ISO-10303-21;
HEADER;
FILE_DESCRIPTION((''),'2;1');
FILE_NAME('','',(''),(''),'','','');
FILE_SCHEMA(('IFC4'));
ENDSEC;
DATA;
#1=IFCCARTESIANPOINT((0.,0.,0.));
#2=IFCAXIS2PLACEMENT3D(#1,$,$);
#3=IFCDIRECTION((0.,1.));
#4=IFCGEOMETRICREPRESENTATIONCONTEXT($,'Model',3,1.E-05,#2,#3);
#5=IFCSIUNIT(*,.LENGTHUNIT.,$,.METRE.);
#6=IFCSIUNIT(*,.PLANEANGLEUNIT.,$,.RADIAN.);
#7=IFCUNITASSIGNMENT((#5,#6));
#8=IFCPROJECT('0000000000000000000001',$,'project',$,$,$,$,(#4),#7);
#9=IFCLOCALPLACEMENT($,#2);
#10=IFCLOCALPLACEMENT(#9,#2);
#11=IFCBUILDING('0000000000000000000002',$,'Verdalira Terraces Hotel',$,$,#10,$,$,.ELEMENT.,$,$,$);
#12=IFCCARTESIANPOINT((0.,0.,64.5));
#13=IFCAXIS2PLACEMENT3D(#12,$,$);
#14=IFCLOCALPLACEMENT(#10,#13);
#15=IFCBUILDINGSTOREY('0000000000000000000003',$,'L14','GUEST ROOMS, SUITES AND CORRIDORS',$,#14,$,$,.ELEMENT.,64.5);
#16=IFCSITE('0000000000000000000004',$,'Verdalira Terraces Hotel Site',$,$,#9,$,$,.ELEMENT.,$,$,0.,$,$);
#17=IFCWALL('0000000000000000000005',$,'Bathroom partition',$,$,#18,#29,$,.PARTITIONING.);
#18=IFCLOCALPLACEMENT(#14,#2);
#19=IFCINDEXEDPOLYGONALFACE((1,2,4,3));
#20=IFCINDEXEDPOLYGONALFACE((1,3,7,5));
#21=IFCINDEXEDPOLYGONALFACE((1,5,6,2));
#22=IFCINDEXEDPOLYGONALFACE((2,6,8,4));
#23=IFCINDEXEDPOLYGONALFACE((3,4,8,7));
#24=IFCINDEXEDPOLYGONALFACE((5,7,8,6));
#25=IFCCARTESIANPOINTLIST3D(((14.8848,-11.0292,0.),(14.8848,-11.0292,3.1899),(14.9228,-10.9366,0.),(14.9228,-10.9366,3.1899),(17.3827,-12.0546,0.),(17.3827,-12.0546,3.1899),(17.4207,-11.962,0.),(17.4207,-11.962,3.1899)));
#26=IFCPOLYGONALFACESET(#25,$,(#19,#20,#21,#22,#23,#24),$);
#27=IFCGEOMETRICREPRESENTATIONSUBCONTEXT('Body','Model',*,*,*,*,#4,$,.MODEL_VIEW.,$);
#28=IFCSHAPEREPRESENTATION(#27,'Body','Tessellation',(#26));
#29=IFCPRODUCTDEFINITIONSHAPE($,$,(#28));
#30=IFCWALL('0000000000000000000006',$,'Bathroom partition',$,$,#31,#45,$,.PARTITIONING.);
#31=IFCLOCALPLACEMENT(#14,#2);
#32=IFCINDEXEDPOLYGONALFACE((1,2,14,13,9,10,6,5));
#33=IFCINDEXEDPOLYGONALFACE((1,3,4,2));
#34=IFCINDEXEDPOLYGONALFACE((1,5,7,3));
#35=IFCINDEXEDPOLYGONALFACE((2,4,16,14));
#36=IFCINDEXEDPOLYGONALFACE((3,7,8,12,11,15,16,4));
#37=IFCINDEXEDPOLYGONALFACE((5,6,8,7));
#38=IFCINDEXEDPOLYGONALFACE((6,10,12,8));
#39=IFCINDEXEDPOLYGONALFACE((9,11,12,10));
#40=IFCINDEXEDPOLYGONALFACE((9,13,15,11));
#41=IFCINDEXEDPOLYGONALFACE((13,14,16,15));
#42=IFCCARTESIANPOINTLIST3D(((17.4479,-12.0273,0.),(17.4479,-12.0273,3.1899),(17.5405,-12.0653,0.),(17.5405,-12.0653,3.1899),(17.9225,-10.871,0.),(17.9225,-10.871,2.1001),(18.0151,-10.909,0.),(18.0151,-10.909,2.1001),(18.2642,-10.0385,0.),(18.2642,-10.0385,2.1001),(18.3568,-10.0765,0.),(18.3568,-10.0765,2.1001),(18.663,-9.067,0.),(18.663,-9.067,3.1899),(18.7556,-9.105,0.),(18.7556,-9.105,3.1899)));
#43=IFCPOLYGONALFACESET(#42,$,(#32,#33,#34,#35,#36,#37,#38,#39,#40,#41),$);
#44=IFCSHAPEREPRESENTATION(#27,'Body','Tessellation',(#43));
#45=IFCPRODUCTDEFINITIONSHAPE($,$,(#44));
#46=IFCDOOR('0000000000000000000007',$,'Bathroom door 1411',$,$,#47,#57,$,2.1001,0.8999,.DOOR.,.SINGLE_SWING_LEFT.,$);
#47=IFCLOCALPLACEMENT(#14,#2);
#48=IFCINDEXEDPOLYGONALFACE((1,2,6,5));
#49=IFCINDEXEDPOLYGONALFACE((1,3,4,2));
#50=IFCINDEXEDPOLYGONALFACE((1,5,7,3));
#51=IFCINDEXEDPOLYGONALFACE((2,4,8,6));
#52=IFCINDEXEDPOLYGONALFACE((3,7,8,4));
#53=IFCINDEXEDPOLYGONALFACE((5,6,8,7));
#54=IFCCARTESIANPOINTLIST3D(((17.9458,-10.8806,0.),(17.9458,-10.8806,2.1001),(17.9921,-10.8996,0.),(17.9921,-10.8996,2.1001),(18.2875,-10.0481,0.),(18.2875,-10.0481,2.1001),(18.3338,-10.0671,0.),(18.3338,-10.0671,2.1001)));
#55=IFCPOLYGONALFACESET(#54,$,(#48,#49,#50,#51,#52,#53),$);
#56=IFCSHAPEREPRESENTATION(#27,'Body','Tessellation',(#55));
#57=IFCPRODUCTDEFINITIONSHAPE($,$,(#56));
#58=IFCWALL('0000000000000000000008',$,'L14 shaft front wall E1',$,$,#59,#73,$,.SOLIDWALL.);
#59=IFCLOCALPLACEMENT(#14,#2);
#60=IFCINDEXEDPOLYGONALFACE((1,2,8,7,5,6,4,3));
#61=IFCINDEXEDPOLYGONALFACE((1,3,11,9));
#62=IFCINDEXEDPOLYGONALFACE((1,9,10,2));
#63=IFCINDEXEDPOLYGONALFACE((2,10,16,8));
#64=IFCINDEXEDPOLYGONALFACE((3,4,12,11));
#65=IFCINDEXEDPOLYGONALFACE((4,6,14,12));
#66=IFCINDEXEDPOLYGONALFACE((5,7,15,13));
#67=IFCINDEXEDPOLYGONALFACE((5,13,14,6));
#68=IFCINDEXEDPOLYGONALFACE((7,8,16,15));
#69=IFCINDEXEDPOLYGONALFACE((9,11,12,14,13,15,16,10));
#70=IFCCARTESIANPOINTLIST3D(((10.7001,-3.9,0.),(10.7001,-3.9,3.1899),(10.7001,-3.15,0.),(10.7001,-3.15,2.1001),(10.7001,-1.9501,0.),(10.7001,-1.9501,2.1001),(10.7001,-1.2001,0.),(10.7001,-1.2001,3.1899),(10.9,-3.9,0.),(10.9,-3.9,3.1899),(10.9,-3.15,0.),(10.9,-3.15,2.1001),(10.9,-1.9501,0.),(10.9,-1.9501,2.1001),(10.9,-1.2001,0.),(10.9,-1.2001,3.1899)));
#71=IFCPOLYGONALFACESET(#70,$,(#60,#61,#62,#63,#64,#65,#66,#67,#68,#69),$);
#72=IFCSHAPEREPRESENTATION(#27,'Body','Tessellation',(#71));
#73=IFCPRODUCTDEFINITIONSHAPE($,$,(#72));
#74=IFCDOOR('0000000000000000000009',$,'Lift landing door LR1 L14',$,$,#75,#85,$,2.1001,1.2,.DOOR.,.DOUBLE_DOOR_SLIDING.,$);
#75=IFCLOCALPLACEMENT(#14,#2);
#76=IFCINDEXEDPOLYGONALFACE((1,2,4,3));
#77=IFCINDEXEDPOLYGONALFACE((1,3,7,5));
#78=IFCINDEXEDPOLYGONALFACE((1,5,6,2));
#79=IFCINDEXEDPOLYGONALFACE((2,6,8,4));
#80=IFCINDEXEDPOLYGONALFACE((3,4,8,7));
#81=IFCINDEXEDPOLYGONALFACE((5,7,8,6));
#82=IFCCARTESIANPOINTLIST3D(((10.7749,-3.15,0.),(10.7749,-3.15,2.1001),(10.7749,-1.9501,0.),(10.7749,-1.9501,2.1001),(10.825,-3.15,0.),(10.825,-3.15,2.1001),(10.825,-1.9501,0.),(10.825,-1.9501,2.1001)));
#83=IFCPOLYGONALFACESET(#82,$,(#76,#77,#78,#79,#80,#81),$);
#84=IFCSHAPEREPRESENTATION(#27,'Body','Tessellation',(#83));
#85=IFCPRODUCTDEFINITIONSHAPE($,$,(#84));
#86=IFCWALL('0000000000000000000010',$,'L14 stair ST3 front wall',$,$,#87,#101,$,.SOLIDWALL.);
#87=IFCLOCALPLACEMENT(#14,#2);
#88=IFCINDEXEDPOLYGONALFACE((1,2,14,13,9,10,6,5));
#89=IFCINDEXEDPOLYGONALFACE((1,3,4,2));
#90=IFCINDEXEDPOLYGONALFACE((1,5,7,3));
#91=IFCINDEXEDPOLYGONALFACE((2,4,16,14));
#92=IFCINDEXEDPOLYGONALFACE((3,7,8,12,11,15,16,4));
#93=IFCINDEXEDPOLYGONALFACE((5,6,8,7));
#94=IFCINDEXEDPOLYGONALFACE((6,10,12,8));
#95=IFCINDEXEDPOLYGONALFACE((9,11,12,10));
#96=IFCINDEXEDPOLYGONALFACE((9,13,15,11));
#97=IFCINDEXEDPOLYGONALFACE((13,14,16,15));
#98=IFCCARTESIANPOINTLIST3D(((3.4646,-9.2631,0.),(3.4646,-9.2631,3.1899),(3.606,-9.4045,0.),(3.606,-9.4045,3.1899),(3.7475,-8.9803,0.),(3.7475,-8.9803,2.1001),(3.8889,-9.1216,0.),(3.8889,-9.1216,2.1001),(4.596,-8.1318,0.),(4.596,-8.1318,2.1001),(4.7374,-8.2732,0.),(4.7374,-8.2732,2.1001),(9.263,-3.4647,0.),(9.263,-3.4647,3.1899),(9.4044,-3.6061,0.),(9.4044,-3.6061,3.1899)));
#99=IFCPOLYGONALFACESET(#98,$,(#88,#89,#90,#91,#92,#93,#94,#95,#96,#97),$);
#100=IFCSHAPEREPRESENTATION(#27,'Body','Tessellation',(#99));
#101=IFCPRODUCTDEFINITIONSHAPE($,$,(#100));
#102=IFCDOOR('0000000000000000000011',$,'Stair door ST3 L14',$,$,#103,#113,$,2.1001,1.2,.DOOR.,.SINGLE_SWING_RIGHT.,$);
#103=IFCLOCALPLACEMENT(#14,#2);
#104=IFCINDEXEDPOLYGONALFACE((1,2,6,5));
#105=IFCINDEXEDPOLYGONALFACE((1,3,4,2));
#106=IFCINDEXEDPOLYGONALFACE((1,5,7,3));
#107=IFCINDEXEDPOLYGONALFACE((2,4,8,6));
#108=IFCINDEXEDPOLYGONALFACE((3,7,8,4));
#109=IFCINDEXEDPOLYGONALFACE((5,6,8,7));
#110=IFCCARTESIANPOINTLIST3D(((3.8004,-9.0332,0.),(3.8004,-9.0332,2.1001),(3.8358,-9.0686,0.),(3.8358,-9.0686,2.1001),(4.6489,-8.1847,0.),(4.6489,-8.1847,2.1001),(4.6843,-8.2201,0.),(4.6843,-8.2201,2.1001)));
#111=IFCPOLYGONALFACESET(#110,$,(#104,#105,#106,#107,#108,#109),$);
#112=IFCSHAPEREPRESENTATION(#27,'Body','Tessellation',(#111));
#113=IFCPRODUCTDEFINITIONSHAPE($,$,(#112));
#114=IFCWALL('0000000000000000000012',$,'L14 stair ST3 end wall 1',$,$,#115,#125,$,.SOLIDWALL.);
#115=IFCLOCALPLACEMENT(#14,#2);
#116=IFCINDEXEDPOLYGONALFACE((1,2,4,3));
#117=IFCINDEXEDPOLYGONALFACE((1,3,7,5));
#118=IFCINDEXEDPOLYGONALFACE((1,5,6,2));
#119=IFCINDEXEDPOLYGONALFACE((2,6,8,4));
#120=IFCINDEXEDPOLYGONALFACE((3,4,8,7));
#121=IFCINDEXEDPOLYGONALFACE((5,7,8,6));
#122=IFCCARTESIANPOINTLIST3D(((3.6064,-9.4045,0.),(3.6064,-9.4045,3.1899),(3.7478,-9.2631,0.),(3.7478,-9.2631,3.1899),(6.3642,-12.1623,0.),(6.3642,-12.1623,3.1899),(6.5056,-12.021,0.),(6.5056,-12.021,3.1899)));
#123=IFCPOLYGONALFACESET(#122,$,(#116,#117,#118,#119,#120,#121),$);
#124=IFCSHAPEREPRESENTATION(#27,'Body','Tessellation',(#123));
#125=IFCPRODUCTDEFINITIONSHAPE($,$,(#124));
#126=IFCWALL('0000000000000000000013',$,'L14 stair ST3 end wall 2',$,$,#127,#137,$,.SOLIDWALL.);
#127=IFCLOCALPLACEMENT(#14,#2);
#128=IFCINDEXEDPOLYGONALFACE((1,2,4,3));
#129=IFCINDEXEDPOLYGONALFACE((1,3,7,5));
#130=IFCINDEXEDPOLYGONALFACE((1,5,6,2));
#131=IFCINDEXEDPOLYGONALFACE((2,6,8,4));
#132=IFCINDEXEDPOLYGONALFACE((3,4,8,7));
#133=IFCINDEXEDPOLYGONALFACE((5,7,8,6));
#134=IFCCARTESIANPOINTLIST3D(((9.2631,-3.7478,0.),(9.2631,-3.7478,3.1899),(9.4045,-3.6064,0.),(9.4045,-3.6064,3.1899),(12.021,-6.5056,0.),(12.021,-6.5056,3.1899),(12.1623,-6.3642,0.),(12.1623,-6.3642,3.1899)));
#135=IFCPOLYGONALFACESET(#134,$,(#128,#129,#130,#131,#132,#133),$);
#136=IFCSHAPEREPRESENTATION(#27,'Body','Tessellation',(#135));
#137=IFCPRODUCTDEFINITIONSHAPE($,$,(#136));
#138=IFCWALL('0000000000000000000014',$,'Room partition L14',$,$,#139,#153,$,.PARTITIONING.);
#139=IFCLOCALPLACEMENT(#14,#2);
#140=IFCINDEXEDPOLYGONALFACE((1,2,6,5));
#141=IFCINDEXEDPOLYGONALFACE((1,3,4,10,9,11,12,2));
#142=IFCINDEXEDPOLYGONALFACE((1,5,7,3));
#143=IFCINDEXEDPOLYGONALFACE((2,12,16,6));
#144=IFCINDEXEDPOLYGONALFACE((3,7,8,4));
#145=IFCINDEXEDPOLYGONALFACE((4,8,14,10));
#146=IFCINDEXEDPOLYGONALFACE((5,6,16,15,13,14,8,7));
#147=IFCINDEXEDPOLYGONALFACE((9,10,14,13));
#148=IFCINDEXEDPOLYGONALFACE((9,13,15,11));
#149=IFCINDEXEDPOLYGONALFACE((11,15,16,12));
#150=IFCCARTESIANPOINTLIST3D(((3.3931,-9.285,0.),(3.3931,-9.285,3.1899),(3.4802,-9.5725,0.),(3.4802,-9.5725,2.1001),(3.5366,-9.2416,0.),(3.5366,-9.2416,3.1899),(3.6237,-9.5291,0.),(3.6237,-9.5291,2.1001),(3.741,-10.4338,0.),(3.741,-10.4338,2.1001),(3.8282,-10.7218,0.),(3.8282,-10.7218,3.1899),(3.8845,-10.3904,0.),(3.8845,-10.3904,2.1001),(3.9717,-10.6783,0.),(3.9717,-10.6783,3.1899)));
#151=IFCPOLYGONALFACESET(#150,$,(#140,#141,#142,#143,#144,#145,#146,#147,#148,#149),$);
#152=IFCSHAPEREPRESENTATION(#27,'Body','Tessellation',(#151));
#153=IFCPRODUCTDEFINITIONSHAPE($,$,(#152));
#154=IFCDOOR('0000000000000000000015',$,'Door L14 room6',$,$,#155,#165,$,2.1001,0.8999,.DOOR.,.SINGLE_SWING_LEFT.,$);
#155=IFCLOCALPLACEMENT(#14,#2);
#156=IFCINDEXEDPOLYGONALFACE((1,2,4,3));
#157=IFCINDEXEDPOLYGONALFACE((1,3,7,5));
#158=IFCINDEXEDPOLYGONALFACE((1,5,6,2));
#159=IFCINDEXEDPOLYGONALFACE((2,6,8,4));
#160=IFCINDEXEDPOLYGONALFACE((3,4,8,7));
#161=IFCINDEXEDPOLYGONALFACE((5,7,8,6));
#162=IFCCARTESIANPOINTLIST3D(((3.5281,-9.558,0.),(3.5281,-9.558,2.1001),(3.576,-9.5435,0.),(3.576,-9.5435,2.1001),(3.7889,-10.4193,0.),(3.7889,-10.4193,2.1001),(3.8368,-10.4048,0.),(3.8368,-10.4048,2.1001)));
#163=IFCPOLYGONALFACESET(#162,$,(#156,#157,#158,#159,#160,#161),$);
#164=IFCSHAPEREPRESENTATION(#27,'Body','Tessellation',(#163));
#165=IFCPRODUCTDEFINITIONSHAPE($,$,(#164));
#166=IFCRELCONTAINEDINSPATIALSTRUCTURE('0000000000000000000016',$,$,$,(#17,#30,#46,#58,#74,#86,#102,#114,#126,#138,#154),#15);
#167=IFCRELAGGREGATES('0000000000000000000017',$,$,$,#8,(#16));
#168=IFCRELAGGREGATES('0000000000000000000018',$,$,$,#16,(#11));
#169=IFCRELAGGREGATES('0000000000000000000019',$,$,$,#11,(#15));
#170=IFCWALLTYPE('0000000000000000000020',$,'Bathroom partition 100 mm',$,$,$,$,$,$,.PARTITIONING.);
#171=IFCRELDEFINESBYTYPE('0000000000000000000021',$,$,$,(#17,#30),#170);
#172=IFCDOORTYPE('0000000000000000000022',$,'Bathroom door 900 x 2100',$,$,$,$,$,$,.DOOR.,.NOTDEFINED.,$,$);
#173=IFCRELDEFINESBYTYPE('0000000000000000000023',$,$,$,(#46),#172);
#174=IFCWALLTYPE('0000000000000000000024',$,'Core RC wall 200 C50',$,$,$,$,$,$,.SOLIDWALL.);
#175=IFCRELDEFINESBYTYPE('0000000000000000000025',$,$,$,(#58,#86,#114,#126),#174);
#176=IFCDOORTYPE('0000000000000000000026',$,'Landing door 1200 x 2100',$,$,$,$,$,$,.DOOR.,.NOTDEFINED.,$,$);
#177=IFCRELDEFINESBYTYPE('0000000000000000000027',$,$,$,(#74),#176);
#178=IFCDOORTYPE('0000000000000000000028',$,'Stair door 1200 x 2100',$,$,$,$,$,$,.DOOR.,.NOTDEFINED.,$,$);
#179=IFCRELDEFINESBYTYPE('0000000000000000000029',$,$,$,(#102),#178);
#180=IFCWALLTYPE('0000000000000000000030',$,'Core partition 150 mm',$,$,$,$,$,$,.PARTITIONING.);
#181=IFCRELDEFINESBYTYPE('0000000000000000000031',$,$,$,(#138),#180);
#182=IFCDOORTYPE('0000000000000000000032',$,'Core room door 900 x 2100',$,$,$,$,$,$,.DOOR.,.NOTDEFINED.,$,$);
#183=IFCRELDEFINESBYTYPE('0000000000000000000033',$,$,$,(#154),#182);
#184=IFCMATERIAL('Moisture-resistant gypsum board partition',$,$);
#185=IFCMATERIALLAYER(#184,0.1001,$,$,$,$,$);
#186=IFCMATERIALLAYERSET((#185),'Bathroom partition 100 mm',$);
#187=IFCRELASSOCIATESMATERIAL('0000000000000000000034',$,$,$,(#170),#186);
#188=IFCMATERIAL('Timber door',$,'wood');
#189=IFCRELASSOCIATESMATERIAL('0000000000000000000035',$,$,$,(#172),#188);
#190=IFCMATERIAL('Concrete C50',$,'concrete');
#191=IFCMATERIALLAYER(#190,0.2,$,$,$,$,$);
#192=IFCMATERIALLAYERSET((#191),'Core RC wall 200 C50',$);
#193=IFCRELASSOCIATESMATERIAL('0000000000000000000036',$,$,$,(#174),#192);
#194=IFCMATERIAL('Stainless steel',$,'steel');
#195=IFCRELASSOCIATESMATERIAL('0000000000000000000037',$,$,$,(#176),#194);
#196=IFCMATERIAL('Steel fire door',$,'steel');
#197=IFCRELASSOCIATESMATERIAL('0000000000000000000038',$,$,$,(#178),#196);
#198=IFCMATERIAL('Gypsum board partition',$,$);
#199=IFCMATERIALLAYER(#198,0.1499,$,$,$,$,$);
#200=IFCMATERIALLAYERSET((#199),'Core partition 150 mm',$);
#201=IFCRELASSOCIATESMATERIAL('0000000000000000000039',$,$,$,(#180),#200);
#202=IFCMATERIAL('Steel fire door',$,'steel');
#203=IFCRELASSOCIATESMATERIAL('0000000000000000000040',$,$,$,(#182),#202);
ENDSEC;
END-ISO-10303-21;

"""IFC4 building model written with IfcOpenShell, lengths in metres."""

from ifc_helpers import new_model, si_unit, direction, frame, frame_2d, origin, place, context, subcontext, project, spatial, rectangle, extrude, material, layer, layer_set, type_object, element, fill, save


model = new_model("IFC4")

# Units and contexts
model_context = context("Model", 3, precision=1e-05, world=origin(), true_north=direction((0.0, 1.0)))
body_context = subcontext(model_context, "Body", "Model", "MODEL_VIEW")
ifc_project = project(units=[si_unit("LENGTHUNIT", "METRE"), si_unit("PLANEANGLEUNIT", "RADIAN")], contexts=[model_context])

# Site, building, storey
site_placement = place(None, origin())
site = spatial("IfcSite", under=ifc_project, at=site_placement, Name="Verdalira Terraces Hotel Site", CompositionType="ELEMENT", RefElevation=0.0)
building_placement = place(site_placement, origin())
building = spatial("IfcBuilding", under=site, at=building_placement, Name="Verdalira Terraces Hotel", CompositionType="ELEMENT")
storey_placement = place(building_placement, frame((0.0, 0.0, 64.5)))
storey = spatial("IfcBuildingStorey", under=building, at=storey_placement, Name="L14", Description="GUEST ROOMS, SUITES AND CORRIDORS", CompositionType="ELEMENT", Elevation=64.5)

# Wall
ifc_material_1 = material(Name="Moisture-resistant gypsum board partition")
ifc_layer_1 = layer(ifc_material_1, 0.1001)
ifc_layer_set_1 = layer_set([ifc_layer_1], Name="Bathroom partition 100 mm")
wall_type_1 = type_object("IfcWallType", Name="Bathroom partition 100 mm", PredefinedType="PARTITIONING", material=ifc_layer_set_1)
wall_1_placement = place(storey_placement, frame((14.9038, -10.9829, 0.0), z_axis=(0.0, 0.0, 1.0), x_axis=(0.925084, -0.379763, 0.0)))
element("IfcWall", 1, at=wall_1_placement, inside=storey, type_object=wall_type_1, Name="Bathroom partition", PredefinedType="PARTITIONING", context=body_context, shape_type="SweptSolid", body=[
    extrude(rectangle(XDim=2.7002, YDim=0.1001, at=frame_2d((1.3501, 0.0))), origin(), (0.0, 0.0, 1.0), 3.1899),
])

# Walls, openings, doors
wall_2_placement = place(storey_placement, frame((17.4941, -12.0464, 0.0), z_axis=(0.0, 0.0, 1.0), x_axis=(0.379729, 0.925098, 0.0)))
wall_2 = element("IfcWall", 2, at=wall_2_placement, inside=storey, type_object=wall_type_1, Name="Bathroom partition", PredefinedType="PARTITIONING", context=body_context, shape_type="SweptSolid", body=[
    extrude(rectangle(XDim=3.2, YDim=0.1001, at=frame_2d((1.6001, 0.0))), origin(), (0.0, 0.0, 1.0), 3.1899),
])
opening_1_placement = place(wall_2_placement, frame((1.25, 0.0, 0.0)))
opening_1 = element("IfcOpeningElement", 3, at=opening_1_placement, cuts=wall_2, PredefinedType="OPENING", context=body_context, shape_type="SweptSolid", body=[
    extrude(rectangle(XDim=0.8999, YDim=2.1001, at=frame_2d((0.45, 1.05))), frame((0.0, 0.0601, 0.0), z_axis=(0.0, -1.0, 0.0), x_axis=(1.0, 0.0, 0.0)), (0.0, 0.0, 1.0), 0.1201),
])
ifc_material_2 = material(Name="Timber door", Category="wood")
door_type_1 = type_object("IfcDoorType", Name="Bathroom door 900 x 2100", OperationType="NOTDEFINED", PredefinedType="DOOR", material=ifc_material_2)
door_1_placement = place(opening_1_placement, origin())
door_1 = element("IfcDoor", 4, at=door_1_placement, inside=storey, type_object=door_type_1, Name="Bathroom door 1411", OperationType="SINGLE_SWING_LEFT", OverallHeight=2.1001, OverallWidth=0.8999, PredefinedType="DOOR", context=body_context, shape_type="SweptSolid", body=[
    extrude(rectangle(XDim=0.8999, YDim=2.1001, at=frame_2d((0.45, 1.05))), frame((0.0, 0.0249, 0.0), z_axis=(0.0, -1.0, 0.0), x_axis=(1.0, 0.0, 0.0)), (0.0, 0.0, 1.0), 0.05),
])
fill(opening_1, door_1)
ifc_material_3 = material(Name="Concrete C50", Category="concrete")
ifc_layer_2 = layer(ifc_material_3, 0.2)
ifc_layer_set_2 = layer_set([ifc_layer_2], Name="Core RC wall 200 C50")
wall_type_2 = type_object("IfcWallType", Name="Core RC wall 200 C50", PredefinedType="SOLIDWALL", material=ifc_layer_set_2)
wall_3_placement = place(storey_placement, frame((10.8, -1.2, 0.0), z_axis=(0.0, 0.0, 1.0), x_axis=(0.0, -1.0, 0.0)))
wall_3 = element("IfcWall", 5, at=wall_3_placement, inside=storey, type_object=wall_type_2, Name="L14 shaft front wall E1", PredefinedType="SOLIDWALL", context=body_context, shape_type="SweptSolid", body=[
    extrude(rectangle(XDim=2.7, YDim=0.2, at=frame_2d((1.3501, 0.0))), origin(), (0.0, 0.0, 1.0), 3.1899),
])
opening_2_placement = place(wall_3_placement, frame((0.75, 0.0, 0.0)))
opening_2 = element("IfcOpeningElement", 6, at=opening_2_placement, cuts=wall_3, PredefinedType="OPENING", context=body_context, shape_type="SweptSolid", body=[
    extrude(rectangle(XDim=1.2, YDim=2.1001, at=frame_2d((0.6001, 1.05))), frame((0.0, 0.1099, 0.0), z_axis=(0.0, -1.0, 0.0), x_axis=(1.0, 0.0, 0.0)), (0.0, 0.0, 1.0), 0.22),
])
ifc_material_4 = material(Name="Stainless steel", Category="steel")
door_type_2 = type_object("IfcDoorType", Name="Landing door 1200 x 2100", OperationType="NOTDEFINED", PredefinedType="DOOR", material=ifc_material_4)
door_2_placement = place(opening_2_placement, origin())
door_2 = element("IfcDoor", 7, at=door_2_placement, inside=storey, type_object=door_type_2, Name="Lift landing door LR1 L14", OperationType="DOUBLE_DOOR_SLIDING", OverallHeight=2.1001, OverallWidth=1.2, PredefinedType="DOOR", context=body_context, shape_type="SweptSolid", body=[
    extrude(rectangle(XDim=1.2, YDim=2.1001, at=frame_2d((0.6001, 1.05))), frame((0.0, 0.0249, 0.0), z_axis=(0.0, -1.0, 0.0), x_axis=(1.0, 0.0, 0.0)), (0.0, 0.0, 1.0), 0.05),
])
fill(opening_2, door_2)
wall_4_placement = place(storey_placement, frame((9.3337, -3.5354, 0.0), z_axis=(0.0, 0.0, 1.0), x_axis=(-0.707107, -0.707107, 0.0)))
wall_4 = element("IfcWall", 8, at=wall_4_placement, inside=storey, type_object=wall_type_2, Name="L14 stair ST3 front wall", PredefinedType="SOLIDWALL", context=body_context, shape_type="SweptSolid", body=[
    extrude(rectangle(XDim=8.2002, YDim=0.2, at=frame_2d((4.1001, 0.0))), origin(), (0.0, 0.0, 1.0), 3.1899),
])
opening_3_placement = place(wall_4_placement, frame((6.6001, 0.0, 0.0)))
opening_3 = element("IfcOpeningElement", 9, at=opening_3_placement, cuts=wall_4, PredefinedType="OPENING", context=body_context, shape_type="SweptSolid", body=[
    extrude(rectangle(XDim=1.2, YDim=2.1001, at=frame_2d((0.6001, 1.05))), frame((0.0, 0.1099, 0.0), z_axis=(0.0, -1.0, 0.0), x_axis=(1.0, 0.0, 0.0)), (0.0, 0.0, 1.0), 0.22),
])
ifc_material_5 = material(Name="Steel fire door", Category="steel")
door_type_3 = type_object("IfcDoorType", Name="Stair door 1200 x 2100", OperationType="NOTDEFINED", PredefinedType="DOOR", material=ifc_material_5)
door_3_placement = place(opening_3_placement, origin())
door_3 = element("IfcDoor", 10, at=door_3_placement, inside=storey, type_object=door_type_3, Name="Stair door ST3 L14", OperationType="SINGLE_SWING_RIGHT", OverallHeight=2.1001, OverallWidth=1.2, PredefinedType="DOOR", context=body_context, shape_type="SweptSolid", body=[
    extrude(rectangle(XDim=1.2, YDim=2.1001, at=frame_2d((0.6001, 1.05))), frame((0.0, 0.0249, 0.0), z_axis=(0.0, -1.0, 0.0), x_axis=(1.0, 0.0, 0.0)), (0.0, 0.0, 1.0), 0.05),
])
fill(opening_3, door_3)

# Walls
for number, where, z_axis, x_axis, name in (
    (11, (3.677, -9.3337, 0.0), (0.0, 0.0, 1.0), (0.707107, -0.707107, 0.0), "L14 stair ST3 end wall 1"),
    (12, (9.3337, -3.677, 0.0), (0.0, 0.0, 1.0), (0.707107, -0.707107, 0.0), "L14 stair ST3 end wall 2"),
):
    element("IfcWall", number, at=place(storey_placement, frame(where, z_axis=z_axis, x_axis=x_axis)), inside=storey, type_object=wall_type_2, Name=name, PredefinedType="SOLIDWALL", context=body_context, shape_type="SweptSolid", body=[
        extrude(rectangle(XDim=3.9001, YDim=0.2, at=frame_2d((1.9502, 0.0))), origin(), (0.0, 0.0, 1.0), 3.1899),
    ])

# Wall, opening, door
ifc_material_6 = material(Name="Gypsum board partition")
ifc_layer_3 = layer(ifc_material_6, 0.1499)
ifc_layer_set_3 = layer_set([ifc_layer_3], Name="Core partition 150 mm")
wall_type_3 = type_object("IfcWallType", Name="Core partition 150 mm", PredefinedType="PARTITIONING", material=ifc_layer_set_3)
wall_5_placement = place(storey_placement, frame((3.8999, -10.7, 0.0), z_axis=(0.0, 0.0, 1.0), x_axis=(-0.289809, 0.957085, 0.0)))
wall_5 = element("IfcWall", 13, at=wall_5_placement, inside=storey, type_object=wall_type_3, Name="Room partition L14", PredefinedType="PARTITIONING", context=body_context, shape_type="SweptSolid", body=[
    extrude(rectangle(XDim=1.5012, YDim=0.1499, at=frame_2d((0.7505, 0.0))), origin(), (0.0, 0.0, 1.0), 3.1899),
])
opening_4_placement = place(wall_5_placement, frame((0.3008, 0.0, 0.0)))
opening_4 = element("IfcOpeningElement", 14, at=opening_4_placement, cuts=wall_5, PredefinedType="OPENING", context=body_context, shape_type="SweptSolid", body=[
    extrude(rectangle(XDim=0.8999, YDim=2.1001, at=frame_2d((0.45, 1.05))), frame((0.0, 0.085, 0.0), z_axis=(0.0, -1.0, 0.0), x_axis=(1.0, 0.0, 0.0)), (0.0, 0.0, 1.0), 0.1699),
])
ifc_material_7 = material(Name="Steel fire door", Category="steel")
door_type_4 = type_object("IfcDoorType", Name="Core room door 900 x 2100", OperationType="NOTDEFINED", PredefinedType="DOOR", material=ifc_material_7)
door_4_placement = place(opening_4_placement, origin())
door_4 = element("IfcDoor", 15, at=door_4_placement, inside=storey, type_object=door_type_4, Name="Door L14 room6", OperationType="SINGLE_SWING_LEFT", OverallHeight=2.1001, OverallWidth=0.8999, PredefinedType="DOOR", context=body_context, shape_type="SweptSolid", body=[
    extrude(rectangle(XDim=0.8999, YDim=2.1001, at=frame_2d((0.45, 1.05))), frame((0.0, 0.0249, 0.0), z_axis=(0.0, -1.0, 0.0), x_axis=(1.0, 0.0, 0.0)), (0.0, 0.0, 1.0), 0.05),
])
fill(opening_4, door_4)

save(model, "model.ifc")
